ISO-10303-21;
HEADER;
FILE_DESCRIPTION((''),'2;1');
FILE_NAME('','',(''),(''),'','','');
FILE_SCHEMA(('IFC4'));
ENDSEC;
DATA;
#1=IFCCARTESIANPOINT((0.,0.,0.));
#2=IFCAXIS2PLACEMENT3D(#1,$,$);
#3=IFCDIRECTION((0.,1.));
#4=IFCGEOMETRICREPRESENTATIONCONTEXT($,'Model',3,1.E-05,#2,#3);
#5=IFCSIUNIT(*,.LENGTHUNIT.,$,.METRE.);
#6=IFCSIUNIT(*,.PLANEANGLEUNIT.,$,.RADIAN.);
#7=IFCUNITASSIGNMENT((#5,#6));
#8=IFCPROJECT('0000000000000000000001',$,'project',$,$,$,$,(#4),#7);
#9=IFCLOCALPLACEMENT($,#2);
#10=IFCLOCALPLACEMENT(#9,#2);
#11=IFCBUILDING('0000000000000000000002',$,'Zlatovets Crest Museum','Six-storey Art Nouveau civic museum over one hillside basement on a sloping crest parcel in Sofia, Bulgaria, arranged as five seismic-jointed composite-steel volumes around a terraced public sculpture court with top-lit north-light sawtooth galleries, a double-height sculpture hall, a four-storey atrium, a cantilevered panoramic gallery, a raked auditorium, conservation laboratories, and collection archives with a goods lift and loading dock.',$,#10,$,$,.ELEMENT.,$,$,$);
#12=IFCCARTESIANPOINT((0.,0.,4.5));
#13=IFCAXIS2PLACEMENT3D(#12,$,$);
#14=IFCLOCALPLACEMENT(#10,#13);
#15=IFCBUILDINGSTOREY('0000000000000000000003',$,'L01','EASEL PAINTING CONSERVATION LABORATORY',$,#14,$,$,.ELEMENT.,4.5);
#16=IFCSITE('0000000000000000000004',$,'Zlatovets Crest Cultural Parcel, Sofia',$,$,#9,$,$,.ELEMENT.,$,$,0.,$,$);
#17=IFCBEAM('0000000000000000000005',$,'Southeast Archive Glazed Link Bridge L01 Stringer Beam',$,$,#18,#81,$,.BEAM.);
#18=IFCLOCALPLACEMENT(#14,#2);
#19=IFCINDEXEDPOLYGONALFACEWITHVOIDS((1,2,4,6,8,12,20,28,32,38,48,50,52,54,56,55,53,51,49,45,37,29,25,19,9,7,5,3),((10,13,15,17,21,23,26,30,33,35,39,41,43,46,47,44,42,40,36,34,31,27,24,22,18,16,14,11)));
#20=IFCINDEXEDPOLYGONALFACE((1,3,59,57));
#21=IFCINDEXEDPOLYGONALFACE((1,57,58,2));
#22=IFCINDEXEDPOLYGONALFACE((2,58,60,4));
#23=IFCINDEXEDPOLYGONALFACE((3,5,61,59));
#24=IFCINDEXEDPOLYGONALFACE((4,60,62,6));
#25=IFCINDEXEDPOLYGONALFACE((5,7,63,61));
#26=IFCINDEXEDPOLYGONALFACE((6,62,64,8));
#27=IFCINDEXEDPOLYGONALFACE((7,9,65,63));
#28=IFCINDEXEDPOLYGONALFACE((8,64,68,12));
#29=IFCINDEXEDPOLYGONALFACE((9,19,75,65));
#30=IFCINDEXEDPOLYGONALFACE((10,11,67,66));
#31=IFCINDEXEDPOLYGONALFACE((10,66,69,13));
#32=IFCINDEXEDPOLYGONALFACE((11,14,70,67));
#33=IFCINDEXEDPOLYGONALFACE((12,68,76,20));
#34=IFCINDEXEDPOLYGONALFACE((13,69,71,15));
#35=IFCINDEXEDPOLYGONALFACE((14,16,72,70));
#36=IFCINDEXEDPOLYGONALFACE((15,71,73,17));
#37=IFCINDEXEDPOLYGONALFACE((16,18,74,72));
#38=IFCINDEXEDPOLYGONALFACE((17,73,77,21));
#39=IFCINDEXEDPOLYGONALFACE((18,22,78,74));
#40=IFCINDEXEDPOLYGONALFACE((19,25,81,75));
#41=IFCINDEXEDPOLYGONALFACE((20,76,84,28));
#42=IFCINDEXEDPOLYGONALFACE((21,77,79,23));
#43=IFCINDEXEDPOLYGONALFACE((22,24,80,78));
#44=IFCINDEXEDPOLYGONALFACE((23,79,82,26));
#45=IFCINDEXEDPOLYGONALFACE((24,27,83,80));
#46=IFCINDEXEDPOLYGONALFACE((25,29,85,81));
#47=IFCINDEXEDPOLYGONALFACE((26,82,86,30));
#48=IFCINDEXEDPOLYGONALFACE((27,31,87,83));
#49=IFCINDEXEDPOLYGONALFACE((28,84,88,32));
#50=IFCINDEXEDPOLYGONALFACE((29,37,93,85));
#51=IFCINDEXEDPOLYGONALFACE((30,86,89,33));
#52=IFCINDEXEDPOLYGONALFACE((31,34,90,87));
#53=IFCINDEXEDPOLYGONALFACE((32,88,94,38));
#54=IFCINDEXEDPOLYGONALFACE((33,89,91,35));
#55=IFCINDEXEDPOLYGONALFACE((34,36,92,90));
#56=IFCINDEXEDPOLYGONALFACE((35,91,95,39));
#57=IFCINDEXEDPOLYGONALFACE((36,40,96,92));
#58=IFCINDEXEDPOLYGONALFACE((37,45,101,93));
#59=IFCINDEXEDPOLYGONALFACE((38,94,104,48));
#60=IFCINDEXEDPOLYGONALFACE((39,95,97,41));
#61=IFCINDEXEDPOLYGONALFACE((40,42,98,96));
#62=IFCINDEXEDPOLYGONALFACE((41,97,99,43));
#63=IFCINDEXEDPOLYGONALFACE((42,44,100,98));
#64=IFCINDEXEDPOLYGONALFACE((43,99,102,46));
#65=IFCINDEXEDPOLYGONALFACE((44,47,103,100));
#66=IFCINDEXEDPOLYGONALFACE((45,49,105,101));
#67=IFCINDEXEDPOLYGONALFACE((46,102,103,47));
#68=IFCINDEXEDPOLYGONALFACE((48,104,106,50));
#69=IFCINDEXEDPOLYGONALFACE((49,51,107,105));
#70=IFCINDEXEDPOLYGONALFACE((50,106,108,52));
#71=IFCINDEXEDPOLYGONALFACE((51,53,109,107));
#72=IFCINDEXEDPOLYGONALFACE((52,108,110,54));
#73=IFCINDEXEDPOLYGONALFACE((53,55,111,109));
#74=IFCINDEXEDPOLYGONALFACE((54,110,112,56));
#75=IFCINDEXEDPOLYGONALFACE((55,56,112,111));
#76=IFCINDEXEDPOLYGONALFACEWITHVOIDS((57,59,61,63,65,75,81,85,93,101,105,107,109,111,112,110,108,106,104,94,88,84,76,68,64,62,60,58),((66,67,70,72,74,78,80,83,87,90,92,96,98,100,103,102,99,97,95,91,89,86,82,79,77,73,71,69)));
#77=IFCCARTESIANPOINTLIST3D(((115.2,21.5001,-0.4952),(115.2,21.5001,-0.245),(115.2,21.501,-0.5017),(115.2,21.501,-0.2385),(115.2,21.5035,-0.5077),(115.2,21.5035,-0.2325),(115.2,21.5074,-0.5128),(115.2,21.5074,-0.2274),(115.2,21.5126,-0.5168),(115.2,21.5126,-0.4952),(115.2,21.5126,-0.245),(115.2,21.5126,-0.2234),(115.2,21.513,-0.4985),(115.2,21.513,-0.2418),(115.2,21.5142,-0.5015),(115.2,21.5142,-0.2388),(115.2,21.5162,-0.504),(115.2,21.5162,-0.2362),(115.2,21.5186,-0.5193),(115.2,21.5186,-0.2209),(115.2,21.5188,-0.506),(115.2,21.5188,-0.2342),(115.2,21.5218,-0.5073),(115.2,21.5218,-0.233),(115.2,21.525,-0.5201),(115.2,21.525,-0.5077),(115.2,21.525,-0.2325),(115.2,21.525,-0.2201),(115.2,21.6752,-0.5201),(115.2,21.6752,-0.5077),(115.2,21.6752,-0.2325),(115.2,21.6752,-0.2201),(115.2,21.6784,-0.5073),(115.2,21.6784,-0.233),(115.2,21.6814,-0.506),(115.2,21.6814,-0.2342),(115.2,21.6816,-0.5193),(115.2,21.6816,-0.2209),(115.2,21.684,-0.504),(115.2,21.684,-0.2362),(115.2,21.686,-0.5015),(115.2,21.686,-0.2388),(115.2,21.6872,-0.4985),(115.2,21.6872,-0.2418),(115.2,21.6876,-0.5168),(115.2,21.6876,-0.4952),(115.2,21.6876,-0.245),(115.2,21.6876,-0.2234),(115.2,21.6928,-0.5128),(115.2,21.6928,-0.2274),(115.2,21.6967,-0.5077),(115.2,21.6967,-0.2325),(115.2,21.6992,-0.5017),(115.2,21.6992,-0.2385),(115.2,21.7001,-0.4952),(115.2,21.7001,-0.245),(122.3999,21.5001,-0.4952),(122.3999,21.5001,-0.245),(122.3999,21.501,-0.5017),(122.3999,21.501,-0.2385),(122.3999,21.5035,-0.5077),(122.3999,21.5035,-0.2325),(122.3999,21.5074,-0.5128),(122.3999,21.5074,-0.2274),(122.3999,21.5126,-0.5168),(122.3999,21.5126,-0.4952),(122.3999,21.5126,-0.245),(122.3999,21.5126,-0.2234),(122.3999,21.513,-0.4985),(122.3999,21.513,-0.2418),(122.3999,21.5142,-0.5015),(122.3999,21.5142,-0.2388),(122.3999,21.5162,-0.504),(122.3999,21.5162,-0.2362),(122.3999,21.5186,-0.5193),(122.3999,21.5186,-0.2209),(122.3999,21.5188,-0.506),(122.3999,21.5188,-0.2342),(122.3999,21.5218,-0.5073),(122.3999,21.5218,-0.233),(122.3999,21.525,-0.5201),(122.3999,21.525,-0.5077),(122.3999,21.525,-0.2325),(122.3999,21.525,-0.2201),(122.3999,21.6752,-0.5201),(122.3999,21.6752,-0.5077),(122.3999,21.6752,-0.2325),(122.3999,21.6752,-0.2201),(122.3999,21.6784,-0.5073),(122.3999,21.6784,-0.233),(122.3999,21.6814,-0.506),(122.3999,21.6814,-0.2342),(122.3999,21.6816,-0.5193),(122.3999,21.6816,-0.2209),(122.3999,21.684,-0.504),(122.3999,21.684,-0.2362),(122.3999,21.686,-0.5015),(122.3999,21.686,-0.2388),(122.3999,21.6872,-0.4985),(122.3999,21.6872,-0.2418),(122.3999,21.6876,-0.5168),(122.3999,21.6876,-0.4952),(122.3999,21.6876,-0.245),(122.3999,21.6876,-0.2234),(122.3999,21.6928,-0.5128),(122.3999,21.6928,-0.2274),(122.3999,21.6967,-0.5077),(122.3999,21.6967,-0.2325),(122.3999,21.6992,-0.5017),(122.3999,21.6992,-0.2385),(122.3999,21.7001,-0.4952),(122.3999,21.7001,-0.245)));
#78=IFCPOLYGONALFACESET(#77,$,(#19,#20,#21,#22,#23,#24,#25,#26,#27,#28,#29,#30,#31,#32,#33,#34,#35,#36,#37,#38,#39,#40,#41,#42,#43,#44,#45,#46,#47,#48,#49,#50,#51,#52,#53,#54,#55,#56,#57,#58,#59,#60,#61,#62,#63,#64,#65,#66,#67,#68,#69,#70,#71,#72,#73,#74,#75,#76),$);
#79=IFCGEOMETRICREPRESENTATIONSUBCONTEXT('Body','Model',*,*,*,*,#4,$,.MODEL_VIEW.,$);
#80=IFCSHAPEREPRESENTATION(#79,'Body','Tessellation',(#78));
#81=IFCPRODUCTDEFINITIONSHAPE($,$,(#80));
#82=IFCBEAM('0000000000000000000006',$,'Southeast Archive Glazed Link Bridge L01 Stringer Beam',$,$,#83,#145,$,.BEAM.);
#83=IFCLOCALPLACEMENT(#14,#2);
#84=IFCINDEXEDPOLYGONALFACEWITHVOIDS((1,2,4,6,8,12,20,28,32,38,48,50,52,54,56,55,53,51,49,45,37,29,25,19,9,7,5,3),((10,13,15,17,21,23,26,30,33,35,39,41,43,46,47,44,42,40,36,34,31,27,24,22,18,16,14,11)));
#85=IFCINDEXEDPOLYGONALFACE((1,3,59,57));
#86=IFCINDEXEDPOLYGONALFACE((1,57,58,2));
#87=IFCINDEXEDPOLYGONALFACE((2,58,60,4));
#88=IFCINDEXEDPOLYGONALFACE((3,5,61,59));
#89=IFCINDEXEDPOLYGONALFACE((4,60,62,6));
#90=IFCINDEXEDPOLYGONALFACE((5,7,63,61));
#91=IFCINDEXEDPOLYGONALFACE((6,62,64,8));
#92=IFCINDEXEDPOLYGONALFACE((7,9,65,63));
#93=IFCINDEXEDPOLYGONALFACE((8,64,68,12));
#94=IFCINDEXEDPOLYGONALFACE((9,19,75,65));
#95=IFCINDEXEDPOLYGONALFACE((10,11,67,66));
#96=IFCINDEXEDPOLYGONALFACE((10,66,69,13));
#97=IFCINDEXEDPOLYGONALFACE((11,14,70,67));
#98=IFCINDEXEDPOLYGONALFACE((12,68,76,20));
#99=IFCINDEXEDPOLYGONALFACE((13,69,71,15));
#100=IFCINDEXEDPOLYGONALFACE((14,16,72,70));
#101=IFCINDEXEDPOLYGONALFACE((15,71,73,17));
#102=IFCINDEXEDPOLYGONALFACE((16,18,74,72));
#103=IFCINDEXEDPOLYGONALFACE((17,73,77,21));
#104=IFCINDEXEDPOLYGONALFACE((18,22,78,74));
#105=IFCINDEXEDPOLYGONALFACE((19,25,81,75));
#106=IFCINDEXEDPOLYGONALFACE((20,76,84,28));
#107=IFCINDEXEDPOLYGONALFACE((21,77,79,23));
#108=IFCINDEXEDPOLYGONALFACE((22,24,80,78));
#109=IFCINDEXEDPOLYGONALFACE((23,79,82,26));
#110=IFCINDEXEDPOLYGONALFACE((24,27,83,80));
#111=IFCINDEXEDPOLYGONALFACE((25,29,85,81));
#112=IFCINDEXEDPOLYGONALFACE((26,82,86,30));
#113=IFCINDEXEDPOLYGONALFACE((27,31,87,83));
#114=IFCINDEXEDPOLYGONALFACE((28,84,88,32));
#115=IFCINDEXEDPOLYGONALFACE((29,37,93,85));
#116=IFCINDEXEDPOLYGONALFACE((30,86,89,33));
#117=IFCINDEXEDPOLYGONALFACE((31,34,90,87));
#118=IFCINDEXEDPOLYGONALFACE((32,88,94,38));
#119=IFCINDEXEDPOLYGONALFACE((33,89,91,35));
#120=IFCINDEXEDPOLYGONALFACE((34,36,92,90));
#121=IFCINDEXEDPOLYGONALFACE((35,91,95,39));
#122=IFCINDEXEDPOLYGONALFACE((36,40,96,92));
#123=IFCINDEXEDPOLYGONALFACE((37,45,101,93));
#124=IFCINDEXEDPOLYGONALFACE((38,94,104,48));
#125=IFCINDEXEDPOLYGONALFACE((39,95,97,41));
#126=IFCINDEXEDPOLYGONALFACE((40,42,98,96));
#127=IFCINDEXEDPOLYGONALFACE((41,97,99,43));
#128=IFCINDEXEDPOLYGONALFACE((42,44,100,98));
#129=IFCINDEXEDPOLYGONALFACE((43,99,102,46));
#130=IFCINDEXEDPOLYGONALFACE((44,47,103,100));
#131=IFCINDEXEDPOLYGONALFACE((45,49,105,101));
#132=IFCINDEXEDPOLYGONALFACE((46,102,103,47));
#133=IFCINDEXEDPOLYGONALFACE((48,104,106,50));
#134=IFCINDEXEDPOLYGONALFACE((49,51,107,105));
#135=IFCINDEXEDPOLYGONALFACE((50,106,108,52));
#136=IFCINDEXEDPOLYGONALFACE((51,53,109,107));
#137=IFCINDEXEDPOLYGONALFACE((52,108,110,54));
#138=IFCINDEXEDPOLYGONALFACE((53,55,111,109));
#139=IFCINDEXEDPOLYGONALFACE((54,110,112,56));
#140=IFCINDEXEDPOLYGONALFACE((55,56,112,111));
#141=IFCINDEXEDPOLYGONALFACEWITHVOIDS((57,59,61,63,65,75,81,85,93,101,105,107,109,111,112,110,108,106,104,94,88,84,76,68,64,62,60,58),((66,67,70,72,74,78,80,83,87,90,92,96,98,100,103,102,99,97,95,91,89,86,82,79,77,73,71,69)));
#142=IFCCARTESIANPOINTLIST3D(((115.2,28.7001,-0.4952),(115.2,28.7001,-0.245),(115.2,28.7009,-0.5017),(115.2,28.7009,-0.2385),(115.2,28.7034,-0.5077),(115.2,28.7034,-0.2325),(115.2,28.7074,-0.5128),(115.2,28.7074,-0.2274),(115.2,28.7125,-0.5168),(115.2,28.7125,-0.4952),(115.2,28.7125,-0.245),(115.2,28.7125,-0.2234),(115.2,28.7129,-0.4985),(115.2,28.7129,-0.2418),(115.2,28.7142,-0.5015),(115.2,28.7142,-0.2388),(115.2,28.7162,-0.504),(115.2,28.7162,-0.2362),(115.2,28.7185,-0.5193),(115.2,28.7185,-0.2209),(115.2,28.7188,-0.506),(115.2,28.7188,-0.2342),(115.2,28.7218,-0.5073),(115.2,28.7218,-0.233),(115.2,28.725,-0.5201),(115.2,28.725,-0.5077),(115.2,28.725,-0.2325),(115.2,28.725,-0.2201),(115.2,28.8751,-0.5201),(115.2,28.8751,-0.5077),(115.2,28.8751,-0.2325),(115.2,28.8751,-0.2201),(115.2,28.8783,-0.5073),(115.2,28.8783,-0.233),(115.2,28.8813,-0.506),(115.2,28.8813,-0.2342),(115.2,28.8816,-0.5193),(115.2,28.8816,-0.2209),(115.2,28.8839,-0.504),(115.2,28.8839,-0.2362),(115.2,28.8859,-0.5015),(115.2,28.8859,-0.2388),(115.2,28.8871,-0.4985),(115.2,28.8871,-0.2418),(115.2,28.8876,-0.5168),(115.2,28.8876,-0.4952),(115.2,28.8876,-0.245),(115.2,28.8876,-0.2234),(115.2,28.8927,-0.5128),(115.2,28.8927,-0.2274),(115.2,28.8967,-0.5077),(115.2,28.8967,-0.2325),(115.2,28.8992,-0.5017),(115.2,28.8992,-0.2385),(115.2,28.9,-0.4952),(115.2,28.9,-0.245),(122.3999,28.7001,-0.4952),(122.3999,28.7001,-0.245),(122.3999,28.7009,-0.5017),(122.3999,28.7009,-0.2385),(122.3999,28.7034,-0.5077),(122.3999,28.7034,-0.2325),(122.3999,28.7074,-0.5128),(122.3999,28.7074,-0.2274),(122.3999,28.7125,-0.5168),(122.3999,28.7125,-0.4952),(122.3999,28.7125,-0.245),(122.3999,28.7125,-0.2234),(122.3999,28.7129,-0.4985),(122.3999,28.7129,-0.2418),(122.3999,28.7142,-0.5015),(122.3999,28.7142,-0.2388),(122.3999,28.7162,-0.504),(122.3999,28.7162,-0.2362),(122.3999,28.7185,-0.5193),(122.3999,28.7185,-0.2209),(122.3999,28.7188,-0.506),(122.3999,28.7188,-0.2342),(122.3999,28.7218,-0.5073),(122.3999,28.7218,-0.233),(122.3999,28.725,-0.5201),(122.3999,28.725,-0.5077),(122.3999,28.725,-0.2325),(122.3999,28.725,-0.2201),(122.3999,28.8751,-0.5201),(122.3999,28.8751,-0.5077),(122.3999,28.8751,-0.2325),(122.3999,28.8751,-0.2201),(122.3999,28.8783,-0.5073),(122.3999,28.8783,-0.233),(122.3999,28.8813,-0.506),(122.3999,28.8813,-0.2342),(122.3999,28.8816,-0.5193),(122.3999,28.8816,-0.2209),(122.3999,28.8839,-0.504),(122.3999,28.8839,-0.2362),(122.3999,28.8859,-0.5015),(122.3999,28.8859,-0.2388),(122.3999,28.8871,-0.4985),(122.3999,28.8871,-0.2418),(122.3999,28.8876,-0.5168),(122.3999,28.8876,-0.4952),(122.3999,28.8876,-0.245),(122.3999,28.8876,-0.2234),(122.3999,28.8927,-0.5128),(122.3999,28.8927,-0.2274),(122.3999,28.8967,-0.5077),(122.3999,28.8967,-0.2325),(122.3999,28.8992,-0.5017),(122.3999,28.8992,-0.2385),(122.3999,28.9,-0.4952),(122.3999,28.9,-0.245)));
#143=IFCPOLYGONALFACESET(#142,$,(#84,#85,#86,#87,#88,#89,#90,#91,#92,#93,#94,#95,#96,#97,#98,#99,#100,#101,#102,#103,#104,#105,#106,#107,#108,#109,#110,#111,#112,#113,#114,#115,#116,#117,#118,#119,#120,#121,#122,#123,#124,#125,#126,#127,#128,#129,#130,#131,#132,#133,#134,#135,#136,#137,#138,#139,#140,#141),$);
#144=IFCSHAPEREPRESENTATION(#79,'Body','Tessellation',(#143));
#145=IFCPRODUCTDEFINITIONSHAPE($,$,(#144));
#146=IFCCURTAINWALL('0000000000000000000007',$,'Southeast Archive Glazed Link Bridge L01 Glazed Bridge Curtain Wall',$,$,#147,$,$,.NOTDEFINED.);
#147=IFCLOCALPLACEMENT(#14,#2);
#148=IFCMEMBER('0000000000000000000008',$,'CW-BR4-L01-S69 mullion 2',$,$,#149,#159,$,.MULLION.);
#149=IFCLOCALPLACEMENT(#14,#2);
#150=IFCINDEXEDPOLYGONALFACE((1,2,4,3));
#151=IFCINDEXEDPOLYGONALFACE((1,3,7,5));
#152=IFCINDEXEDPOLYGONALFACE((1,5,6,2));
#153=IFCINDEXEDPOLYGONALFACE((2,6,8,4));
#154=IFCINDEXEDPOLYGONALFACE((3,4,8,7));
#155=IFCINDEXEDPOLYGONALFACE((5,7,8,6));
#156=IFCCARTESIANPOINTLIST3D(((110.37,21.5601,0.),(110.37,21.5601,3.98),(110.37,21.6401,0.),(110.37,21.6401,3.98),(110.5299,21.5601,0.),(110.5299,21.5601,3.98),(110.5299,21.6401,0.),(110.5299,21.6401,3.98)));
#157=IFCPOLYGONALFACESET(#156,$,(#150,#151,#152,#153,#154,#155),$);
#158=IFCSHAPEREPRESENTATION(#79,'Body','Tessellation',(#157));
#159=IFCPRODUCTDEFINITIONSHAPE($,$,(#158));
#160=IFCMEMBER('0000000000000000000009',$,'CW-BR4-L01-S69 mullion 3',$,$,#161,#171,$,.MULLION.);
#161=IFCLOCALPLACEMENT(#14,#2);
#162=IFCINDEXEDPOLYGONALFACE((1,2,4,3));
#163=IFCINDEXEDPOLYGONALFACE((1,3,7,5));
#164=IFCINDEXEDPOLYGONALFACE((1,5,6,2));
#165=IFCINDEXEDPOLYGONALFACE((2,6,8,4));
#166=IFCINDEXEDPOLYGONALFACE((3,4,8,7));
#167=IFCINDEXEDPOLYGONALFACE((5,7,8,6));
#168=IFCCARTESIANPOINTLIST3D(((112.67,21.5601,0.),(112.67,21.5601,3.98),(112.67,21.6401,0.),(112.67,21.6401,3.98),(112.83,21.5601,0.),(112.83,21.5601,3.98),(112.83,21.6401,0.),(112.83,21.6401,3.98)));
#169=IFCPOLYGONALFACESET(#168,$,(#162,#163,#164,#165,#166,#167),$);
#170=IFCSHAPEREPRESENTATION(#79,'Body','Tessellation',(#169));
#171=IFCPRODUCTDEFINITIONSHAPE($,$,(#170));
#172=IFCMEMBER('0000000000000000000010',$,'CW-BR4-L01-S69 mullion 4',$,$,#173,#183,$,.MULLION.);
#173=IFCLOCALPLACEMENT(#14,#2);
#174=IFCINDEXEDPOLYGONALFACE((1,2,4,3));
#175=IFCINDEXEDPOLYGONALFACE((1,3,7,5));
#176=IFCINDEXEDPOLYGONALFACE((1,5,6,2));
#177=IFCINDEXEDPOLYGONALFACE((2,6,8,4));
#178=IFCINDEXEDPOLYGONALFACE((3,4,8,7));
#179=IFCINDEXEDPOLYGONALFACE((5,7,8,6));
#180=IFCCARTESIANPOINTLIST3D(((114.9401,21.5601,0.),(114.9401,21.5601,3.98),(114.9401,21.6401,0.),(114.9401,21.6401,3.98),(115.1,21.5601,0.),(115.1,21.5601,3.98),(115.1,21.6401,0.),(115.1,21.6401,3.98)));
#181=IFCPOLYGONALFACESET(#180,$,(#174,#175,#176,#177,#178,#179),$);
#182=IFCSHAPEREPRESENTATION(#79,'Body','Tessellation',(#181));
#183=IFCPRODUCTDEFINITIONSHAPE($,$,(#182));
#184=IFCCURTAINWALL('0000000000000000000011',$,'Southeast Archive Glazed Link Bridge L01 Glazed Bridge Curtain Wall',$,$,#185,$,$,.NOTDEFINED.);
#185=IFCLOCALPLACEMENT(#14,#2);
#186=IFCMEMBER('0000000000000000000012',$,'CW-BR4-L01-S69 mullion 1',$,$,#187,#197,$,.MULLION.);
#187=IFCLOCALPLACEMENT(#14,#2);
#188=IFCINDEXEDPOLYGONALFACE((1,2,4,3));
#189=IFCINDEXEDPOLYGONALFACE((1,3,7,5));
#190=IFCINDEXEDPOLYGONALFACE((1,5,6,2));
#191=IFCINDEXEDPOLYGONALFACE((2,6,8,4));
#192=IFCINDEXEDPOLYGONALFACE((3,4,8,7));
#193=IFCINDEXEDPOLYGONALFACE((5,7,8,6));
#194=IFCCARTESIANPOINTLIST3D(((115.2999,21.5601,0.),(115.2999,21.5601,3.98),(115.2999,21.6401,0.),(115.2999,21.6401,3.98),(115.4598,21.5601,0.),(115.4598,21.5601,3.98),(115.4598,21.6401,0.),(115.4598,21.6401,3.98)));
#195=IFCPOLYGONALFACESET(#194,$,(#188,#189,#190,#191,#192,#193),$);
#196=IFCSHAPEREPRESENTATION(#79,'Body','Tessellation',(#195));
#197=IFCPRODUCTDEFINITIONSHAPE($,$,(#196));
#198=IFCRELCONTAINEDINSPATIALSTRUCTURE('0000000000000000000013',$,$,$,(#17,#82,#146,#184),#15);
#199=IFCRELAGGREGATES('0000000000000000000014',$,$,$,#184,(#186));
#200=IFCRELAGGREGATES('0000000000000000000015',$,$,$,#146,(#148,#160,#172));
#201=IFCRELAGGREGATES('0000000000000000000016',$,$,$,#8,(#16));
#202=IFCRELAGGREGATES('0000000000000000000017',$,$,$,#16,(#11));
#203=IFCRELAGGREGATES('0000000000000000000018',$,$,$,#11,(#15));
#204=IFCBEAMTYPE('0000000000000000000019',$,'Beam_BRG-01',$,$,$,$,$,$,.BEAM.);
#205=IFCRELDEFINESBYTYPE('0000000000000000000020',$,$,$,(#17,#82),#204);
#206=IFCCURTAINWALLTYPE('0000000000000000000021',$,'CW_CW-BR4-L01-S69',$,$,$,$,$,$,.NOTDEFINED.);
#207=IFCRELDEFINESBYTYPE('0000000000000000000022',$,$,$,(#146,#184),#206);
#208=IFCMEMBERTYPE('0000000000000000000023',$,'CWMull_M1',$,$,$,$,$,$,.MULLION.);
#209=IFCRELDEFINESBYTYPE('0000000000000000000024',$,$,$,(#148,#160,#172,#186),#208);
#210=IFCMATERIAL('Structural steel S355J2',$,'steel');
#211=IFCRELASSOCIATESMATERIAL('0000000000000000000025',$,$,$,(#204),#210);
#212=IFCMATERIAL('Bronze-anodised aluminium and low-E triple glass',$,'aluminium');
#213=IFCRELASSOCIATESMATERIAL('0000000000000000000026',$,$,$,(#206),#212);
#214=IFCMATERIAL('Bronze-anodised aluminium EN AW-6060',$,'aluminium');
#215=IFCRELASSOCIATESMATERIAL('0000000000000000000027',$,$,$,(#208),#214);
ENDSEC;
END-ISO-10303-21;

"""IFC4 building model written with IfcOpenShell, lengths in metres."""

from ifc_helpers import new_model, si_unit, direction, frame, origin, origin_2d, place, context, subcontext, project, spatial, rectangle, hollow_rectangle, extrude, material, material_profile, profile_set, type_object, element, aggregate, save


model = new_model("IFC4")

# Units and contexts
model_context = context("Model", 3, precision=1e-05, world=origin(), true_north=direction((0.0, 1.0)))
body_context = subcontext(model_context, "Body", "Model", "MODEL_VIEW")
ifc_project = project(units=[si_unit("LENGTHUNIT", "METRE"), si_unit("PLANEANGLEUNIT", "RADIAN")], contexts=[model_context])

# Site, building, storey
site_placement = place(None, origin())
site = spatial("IfcSite", under=ifc_project, at=site_placement, Name="Zlatovets Crest Cultural Parcel, Sofia", CompositionType="ELEMENT", RefElevation=0.0)
building_placement = place(site_placement, origin())
building = spatial("IfcBuilding", under=site, at=building_placement, Name="Zlatovets Crest Museum", Description="Six-storey Art Nouveau civic museum over one hillside basement on a sloping crest parcel in Sofia, Bulgaria, arranged as five seismic-jointed composite-steel volumes around a terraced public sculpture court with top-lit north-light sawtooth galleries, a double-height sculpture hall, a four-storey atrium, a cantilevered panoramic gallery, a raked auditorium, conservation laboratories, and collection archives with a goods lift and loading dock.", CompositionType="ELEMENT")
storey_placement = place(building_placement, frame((0.0, 0.0, 4.5)))
storey = spatial("IfcBuildingStorey", under=building, at=storey_placement, Name="L01", Description="EASEL PAINTING CONSERVATION LABORATORY", CompositionType="ELEMENT", Elevation=4.5)

# Shared definitions
ifc_material_1 = material(Name="Structural steel S355J2", Category="steel")

# Beams
ifc_material_profile_1 = material_profile(ifc_material_1, hollow_rectangle(XDim=0.2, YDim=0.3, WallThickness=0.0125, InnerFilletRadius=0.0125, OuterFilletRadius=0.0249, at=origin_2d()), Name="RHS 200x300x12.5")
ifc_profile_set_1 = profile_set([ifc_material_profile_1], Name="Structural steel S355J2")
beam_type_1 = type_object("IfcBeamType", Name="Beam_BRG-01", PredefinedType="BEAM", material=ifc_profile_set_1)
for number, where, z_axis, x_axis, name in (
    (1, (115.2, 21.6001, -0.3701), (1.0, 0.0, 0.0), (0.0, 1.0, 0.0), "Southeast Archive Glazed Link Bridge L01 Stringer Beam"),
    (2, (115.2, 28.8, -0.3701), (1.0, 0.0, 0.0), (0.0, 1.0, 0.0), "Southeast Archive Glazed Link Bridge L01 Stringer Beam"),
):
    element("IfcBeam", number, at=place(storey_placement, frame(where, z_axis=z_axis, x_axis=x_axis)), inside=storey, type_object=beam_type_1, Name=name, PredefinedType="BEAM", context=body_context, shape_type="SweptSolid", body=[
        extrude(hollow_rectangle(XDim=0.2, YDim=0.3, WallThickness=0.0125, InnerFilletRadius=0.0125, OuterFilletRadius=0.0249, at=origin_2d()), origin(), (0.0, 0.0, 1.0), 7.2),
    ])

# Curtain wall, members
ifc_material_2 = material(Name="Bronze-anodised aluminium and low-E triple glass", Category="aluminium")
curtain_wall_type = type_object("IfcCurtainWallType", Name="CW_CW-BR4-L01-S69", PredefinedType="NOTDEFINED", material=ifc_material_2)
curtain_wall_1_placement = place(storey_placement, origin())
curtain_wall_1 = element("IfcCurtainWall", 3, at=curtain_wall_1_placement, inside=storey, type_object=curtain_wall_type, Name="Southeast Archive Glazed Link Bridge L01 Glazed Bridge Curtain Wall", PredefinedType="NOTDEFINED")
ifc_material_3 = material(Name="Bronze-anodised aluminium EN AW-6060", Category="aluminium")
ifc_material_profile_2 = material_profile(ifc_material_3, rectangle(XDim=0.0801, YDim=0.1599, at=origin_2d()), Name="ALU 80x160")
ifc_profile_set_2 = profile_set([ifc_material_profile_2], Name="Bronze-anodised aluminium EN AW-6060")
member_type_1 = type_object("IfcMemberType", Name="CWMull_M1", PredefinedType="MULLION", material=ifc_profile_set_2)
member_1_placement = place(storey_placement, frame((110.45, 21.6001, 0.0), z_axis=(0.0, 0.0, 1.0), x_axis=(0.0, 1.0, 0.0)))
member_1 = element("IfcMember", 4, at=member_1_placement, type_object=member_type_1, Name="CW-BR4-L01-S69 mullion 2", PredefinedType="MULLION", context=body_context, shape_type="SweptSolid", body=[
    extrude(rectangle(XDim=0.0801, YDim=0.1599, at=origin_2d()), origin(), (0.0, 0.0, 1.0), 3.98),
])
member_2_placement = place(storey_placement, frame((112.75, 21.6001, 0.0), z_axis=(0.0, 0.0, 1.0), x_axis=(0.0, 1.0, 0.0)))
member_2 = element("IfcMember", 5, at=member_2_placement, type_object=member_type_1, Name="CW-BR4-L01-S69 mullion 3", PredefinedType="MULLION", context=body_context, shape_type="SweptSolid", body=[
    extrude(rectangle(XDim=0.0801, YDim=0.1599, at=origin_2d()), origin(), (0.0, 0.0, 1.0), 3.98),
])
member_3_placement = place(storey_placement, frame((115.02, 21.6001, 0.0), z_axis=(0.0, 0.0, 1.0), x_axis=(0.0, 1.0, 0.0)))
member_3 = element("IfcMember", 6, at=member_3_placement, type_object=member_type_1, Name="CW-BR4-L01-S69 mullion 4", PredefinedType="MULLION", context=body_context, shape_type="SweptSolid", body=[
    extrude(rectangle(XDim=0.0801, YDim=0.1599, at=origin_2d()), origin(), (0.0, 0.0, 1.0), 3.98),
])

# Curtain wall, member
curtain_wall_2_placement = place(storey_placement, origin())
curtain_wall_2 = element("IfcCurtainWall", 7, at=curtain_wall_2_placement, inside=storey, type_object=curtain_wall_type, Name="Southeast Archive Glazed Link Bridge L01 Glazed Bridge Curtain Wall", PredefinedType="NOTDEFINED")
member_4_placement = place(storey_placement, frame((115.3799, 21.6001, 0.0), z_axis=(0.0, 0.0, 1.0), x_axis=(0.0, 1.0, 0.0)))
member_4 = element("IfcMember", 8, at=member_4_placement, type_object=member_type_1, Name="CW-BR4-L01-S69 mullion 1", PredefinedType="MULLION", context=body_context, shape_type="SweptSolid", body=[
    extrude(rectangle(XDim=0.0801, YDim=0.1599, at=origin_2d()), origin(), (0.0, 0.0, 1.0), 3.98),
])

aggregate(curtain_wall_2, [member_4])

aggregate(curtain_wall_1, [member_1, member_2, member_3])

save(model, "model.ifc")
